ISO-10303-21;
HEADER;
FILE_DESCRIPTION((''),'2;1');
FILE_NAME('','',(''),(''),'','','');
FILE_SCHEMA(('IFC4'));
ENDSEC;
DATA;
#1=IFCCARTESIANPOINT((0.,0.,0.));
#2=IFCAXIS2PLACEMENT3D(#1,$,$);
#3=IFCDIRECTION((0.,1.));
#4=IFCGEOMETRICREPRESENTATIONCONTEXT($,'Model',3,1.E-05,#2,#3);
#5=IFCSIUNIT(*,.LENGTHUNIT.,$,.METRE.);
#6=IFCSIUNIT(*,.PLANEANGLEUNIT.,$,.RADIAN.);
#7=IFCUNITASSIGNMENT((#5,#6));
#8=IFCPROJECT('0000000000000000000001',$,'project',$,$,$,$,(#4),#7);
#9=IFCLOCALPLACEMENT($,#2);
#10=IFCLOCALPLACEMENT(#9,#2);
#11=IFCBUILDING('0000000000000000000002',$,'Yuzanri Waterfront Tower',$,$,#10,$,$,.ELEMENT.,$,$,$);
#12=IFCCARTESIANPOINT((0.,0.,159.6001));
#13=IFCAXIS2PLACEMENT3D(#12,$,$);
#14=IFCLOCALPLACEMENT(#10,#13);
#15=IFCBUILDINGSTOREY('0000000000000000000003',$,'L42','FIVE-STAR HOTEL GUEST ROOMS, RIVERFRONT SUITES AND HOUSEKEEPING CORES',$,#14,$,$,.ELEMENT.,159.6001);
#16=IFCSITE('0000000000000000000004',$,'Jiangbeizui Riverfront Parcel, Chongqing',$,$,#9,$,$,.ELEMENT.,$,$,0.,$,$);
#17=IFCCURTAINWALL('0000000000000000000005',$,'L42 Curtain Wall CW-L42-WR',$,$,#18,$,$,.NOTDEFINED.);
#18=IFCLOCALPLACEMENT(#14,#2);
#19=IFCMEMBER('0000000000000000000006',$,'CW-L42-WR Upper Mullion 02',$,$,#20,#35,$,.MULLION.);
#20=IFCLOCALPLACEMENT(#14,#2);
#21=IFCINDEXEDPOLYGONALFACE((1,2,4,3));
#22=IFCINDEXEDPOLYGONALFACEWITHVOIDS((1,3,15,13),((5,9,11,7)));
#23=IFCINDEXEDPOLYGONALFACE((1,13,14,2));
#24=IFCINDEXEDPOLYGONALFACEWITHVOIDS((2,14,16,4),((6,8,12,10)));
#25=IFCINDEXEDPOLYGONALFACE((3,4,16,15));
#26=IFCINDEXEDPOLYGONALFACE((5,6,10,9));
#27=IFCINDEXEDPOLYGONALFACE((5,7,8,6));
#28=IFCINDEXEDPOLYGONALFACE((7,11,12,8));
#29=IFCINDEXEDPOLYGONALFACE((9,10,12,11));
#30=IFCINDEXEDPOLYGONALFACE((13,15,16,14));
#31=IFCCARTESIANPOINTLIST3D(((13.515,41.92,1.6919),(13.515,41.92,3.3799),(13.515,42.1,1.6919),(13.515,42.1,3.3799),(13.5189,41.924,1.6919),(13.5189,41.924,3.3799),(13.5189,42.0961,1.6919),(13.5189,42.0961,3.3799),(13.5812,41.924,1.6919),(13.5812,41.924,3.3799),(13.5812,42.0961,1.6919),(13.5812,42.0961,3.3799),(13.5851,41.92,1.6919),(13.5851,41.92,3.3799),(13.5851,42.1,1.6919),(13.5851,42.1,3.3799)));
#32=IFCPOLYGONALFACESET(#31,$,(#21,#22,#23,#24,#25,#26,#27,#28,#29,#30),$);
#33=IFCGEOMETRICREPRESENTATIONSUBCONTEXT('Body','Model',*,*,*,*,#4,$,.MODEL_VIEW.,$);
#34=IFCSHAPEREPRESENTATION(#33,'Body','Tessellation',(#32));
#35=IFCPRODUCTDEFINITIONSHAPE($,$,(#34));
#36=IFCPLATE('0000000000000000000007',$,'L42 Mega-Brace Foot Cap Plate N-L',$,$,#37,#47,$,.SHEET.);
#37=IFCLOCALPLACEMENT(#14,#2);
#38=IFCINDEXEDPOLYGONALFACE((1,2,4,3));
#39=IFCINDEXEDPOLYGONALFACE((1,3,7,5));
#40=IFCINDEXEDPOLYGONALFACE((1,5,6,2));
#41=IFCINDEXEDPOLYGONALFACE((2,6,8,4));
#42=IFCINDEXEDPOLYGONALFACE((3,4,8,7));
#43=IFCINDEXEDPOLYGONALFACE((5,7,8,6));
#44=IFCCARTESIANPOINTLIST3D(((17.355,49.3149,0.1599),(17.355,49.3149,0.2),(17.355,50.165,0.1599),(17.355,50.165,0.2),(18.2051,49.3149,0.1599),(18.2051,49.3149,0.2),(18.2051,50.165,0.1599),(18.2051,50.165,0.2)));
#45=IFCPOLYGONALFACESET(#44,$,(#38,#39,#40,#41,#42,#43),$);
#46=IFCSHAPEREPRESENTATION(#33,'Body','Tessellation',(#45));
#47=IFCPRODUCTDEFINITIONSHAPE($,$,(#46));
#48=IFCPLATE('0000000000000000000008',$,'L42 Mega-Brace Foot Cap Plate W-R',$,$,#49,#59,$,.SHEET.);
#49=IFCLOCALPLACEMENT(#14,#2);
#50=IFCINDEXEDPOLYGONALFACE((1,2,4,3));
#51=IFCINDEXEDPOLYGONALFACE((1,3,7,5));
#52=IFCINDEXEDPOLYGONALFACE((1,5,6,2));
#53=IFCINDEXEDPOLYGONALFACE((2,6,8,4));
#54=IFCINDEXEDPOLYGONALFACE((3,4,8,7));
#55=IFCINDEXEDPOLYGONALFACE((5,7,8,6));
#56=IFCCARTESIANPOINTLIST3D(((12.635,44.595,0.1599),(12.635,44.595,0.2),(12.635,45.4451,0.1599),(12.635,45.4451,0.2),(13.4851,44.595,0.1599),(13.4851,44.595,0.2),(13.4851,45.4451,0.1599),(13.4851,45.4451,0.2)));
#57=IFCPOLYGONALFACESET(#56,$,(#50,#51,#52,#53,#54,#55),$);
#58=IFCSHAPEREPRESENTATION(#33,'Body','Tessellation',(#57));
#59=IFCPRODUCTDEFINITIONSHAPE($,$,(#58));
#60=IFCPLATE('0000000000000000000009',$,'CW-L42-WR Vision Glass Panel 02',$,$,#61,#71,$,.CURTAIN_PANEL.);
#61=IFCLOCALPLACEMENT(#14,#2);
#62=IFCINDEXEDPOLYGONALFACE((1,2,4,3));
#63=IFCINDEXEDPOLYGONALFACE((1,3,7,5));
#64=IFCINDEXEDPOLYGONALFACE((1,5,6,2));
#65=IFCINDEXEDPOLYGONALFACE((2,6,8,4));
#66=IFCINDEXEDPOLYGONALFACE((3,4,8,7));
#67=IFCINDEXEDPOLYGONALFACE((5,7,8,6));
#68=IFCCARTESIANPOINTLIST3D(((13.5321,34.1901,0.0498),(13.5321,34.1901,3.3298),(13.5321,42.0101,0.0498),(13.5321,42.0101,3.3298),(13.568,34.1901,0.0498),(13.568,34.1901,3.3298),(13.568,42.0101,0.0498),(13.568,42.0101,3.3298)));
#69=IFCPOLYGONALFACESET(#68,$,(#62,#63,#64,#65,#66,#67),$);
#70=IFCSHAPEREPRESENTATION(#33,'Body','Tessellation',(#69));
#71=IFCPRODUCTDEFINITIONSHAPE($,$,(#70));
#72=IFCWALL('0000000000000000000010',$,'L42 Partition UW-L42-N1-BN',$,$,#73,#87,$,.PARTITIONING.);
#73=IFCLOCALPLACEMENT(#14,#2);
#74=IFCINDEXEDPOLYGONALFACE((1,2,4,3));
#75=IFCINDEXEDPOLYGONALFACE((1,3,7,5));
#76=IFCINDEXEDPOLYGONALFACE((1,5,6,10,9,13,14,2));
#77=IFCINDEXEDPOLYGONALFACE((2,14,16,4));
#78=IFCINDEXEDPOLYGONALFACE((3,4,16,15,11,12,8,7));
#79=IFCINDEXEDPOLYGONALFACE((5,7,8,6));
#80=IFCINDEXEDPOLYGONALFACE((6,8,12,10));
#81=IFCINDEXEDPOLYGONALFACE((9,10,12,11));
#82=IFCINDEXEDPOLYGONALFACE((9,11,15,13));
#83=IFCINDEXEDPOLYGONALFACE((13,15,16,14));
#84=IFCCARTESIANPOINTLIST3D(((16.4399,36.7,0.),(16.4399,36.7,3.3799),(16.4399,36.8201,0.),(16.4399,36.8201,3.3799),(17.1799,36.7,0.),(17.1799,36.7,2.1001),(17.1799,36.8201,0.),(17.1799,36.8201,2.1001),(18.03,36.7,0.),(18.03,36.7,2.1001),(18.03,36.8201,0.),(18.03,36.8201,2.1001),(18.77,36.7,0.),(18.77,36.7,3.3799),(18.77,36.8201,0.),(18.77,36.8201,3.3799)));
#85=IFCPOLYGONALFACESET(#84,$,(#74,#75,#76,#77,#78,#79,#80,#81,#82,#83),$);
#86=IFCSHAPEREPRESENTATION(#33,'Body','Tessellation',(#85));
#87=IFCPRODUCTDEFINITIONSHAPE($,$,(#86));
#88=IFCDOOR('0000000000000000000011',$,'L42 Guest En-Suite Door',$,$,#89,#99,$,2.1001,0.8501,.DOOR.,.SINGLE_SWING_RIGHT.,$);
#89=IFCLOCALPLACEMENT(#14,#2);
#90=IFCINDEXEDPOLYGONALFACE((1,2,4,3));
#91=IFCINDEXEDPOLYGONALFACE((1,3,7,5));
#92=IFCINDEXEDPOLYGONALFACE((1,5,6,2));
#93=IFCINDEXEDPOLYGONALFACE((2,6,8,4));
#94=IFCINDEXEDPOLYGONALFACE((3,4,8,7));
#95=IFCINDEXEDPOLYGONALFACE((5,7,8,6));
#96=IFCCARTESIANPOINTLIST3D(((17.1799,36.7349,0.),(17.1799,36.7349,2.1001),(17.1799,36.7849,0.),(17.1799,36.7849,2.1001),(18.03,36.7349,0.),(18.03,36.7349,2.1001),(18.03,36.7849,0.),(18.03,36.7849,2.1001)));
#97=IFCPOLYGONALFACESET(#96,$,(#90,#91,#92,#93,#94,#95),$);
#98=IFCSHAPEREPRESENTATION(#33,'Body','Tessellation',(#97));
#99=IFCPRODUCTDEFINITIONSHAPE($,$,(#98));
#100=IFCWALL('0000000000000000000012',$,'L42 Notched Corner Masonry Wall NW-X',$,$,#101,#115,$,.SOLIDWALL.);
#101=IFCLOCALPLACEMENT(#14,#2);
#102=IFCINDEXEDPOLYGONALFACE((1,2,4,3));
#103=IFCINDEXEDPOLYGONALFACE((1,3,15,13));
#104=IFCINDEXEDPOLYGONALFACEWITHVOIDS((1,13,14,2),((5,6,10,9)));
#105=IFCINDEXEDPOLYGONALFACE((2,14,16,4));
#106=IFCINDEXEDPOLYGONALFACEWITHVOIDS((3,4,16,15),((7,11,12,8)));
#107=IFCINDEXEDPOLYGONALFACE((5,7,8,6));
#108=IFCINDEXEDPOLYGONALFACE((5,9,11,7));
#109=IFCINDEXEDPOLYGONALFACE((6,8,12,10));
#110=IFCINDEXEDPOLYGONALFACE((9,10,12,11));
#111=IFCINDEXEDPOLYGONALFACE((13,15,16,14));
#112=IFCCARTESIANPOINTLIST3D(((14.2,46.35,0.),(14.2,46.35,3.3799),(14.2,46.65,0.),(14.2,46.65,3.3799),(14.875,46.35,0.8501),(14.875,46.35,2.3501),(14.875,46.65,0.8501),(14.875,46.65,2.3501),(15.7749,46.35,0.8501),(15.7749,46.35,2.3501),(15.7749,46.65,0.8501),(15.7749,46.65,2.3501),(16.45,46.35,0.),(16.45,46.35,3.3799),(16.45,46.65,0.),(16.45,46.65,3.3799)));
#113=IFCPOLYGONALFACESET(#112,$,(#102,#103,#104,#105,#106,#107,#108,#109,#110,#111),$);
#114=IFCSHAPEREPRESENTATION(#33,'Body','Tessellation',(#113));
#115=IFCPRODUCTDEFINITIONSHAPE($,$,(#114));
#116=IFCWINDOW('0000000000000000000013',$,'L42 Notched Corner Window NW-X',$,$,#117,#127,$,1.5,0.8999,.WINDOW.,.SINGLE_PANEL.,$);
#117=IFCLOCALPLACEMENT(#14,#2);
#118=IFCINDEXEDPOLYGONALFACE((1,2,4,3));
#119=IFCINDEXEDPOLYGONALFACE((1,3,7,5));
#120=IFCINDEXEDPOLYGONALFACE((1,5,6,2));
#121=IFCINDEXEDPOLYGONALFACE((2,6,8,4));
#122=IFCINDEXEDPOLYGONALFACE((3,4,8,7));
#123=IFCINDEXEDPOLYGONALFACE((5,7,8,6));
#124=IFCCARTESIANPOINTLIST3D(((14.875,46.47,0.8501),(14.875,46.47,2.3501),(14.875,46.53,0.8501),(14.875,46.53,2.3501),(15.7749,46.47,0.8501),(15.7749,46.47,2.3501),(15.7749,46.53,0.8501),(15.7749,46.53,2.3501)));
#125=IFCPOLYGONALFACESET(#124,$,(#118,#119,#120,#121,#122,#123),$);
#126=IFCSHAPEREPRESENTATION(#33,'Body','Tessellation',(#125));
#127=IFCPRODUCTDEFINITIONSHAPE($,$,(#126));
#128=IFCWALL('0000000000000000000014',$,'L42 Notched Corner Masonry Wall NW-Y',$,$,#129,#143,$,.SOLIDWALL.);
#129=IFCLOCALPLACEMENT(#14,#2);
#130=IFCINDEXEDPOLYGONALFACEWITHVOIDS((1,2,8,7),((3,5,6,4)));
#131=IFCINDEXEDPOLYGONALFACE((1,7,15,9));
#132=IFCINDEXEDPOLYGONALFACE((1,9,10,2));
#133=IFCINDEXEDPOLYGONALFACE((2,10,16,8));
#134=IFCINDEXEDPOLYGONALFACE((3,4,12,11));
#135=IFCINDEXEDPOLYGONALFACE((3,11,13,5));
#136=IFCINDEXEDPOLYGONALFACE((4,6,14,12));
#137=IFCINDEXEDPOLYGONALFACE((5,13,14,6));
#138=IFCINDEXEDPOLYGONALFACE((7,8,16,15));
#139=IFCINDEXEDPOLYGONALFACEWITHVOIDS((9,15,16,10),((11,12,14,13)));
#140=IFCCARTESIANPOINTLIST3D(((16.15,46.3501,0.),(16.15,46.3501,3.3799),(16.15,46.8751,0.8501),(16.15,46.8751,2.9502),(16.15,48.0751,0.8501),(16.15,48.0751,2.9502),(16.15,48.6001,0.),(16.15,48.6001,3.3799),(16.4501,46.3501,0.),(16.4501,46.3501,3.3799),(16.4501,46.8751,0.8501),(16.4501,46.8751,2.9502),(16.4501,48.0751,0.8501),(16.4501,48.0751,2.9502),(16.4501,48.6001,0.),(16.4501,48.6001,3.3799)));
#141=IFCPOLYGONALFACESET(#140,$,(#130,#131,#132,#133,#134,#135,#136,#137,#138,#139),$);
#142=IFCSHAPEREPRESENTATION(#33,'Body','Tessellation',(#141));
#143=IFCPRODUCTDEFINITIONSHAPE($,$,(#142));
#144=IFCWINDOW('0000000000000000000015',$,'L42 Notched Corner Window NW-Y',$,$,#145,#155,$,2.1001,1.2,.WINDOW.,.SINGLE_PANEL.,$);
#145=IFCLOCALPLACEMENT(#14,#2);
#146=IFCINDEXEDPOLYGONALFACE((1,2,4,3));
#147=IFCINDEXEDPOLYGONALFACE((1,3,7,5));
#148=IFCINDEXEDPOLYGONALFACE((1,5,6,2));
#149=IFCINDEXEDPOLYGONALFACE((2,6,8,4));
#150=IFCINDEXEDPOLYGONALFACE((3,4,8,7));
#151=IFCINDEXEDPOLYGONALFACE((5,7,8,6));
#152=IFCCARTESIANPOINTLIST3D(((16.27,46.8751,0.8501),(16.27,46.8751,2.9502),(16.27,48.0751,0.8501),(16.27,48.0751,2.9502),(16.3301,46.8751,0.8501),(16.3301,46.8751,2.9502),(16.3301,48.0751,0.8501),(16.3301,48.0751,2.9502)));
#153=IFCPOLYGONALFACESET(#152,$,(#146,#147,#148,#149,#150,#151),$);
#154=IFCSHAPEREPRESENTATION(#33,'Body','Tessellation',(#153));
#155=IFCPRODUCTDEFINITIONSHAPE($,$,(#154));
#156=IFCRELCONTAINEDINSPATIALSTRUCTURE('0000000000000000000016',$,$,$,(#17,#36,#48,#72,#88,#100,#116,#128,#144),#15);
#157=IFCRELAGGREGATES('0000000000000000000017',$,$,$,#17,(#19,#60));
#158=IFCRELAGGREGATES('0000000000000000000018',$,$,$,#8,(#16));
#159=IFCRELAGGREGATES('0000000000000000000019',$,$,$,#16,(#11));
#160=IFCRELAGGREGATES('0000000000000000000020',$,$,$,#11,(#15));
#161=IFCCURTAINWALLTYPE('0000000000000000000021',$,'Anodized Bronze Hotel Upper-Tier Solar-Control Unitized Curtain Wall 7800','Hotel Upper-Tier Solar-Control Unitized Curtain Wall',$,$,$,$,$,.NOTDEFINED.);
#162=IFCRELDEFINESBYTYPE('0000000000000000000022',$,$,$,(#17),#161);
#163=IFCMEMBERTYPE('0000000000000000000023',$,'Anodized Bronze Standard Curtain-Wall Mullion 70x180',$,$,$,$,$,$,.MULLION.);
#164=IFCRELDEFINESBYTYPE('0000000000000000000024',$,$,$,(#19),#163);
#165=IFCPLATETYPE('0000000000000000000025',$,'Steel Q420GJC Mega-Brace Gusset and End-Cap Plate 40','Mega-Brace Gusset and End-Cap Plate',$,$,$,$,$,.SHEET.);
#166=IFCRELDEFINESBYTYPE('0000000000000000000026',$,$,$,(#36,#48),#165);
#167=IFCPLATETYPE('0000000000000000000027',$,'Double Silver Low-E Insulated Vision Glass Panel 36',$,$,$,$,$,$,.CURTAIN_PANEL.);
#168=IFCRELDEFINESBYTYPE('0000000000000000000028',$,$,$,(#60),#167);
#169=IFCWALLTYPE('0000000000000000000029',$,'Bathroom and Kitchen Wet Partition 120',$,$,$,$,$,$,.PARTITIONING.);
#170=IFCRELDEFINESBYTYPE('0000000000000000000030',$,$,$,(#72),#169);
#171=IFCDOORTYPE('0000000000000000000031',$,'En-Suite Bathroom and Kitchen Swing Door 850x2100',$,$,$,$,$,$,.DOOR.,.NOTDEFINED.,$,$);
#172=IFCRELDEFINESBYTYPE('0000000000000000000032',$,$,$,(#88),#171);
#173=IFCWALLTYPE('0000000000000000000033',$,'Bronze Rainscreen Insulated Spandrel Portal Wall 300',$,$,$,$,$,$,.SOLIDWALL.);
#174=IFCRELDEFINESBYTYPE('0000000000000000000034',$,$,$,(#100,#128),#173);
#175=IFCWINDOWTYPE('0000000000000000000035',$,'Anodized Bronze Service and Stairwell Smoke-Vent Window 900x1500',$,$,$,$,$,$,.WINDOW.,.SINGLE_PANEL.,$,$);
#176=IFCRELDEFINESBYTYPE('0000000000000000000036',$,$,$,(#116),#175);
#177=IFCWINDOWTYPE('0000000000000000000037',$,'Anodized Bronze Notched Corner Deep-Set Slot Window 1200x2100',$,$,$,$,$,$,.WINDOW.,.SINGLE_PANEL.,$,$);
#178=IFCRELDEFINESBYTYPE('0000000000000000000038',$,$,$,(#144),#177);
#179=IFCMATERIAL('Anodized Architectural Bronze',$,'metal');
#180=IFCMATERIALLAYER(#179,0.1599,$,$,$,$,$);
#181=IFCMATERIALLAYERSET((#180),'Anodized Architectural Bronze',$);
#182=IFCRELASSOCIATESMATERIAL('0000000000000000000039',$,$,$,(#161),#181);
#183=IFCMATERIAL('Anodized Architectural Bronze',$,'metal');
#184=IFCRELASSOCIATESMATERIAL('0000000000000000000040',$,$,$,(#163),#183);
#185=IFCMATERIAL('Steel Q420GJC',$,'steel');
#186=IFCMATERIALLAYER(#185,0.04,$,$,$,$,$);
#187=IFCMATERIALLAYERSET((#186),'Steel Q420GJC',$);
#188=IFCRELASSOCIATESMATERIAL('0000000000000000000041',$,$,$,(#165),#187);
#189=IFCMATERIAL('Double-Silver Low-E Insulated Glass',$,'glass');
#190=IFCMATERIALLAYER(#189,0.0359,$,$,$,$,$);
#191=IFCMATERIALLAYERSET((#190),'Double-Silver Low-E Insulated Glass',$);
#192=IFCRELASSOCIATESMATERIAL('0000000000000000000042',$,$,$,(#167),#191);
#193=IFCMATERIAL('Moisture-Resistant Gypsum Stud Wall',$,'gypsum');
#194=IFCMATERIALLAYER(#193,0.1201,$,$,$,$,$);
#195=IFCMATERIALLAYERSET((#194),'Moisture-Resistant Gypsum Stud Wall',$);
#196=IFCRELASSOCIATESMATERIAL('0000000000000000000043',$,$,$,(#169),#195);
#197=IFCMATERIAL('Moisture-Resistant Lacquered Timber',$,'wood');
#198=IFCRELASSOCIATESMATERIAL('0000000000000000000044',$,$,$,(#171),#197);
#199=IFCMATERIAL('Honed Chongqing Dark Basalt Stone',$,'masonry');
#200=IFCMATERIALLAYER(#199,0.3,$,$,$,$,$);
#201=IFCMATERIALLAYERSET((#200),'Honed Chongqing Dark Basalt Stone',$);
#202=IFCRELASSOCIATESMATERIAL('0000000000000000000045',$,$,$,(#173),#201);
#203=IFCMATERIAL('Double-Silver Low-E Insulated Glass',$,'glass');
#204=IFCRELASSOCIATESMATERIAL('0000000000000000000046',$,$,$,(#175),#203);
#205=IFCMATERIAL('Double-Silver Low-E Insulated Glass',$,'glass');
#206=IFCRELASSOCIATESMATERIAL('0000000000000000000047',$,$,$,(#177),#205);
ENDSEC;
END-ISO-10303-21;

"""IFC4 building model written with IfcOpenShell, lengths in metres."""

from ifc_helpers import new_model, si_unit, direction, frame, frame_2d, origin, origin_2d, place, context, subcontext, project, spatial, rectangle, hollow_rectangle, extrude, source, transform, mapped, material, layer, layer_set, material_profile, profile_set, type_object, element, fill, aggregate, save


model = new_model("IFC4")

# Units and contexts
model_context = context("Model", 3, precision=1e-05, world=origin(), true_north=direction((0.0, 1.0)))
body_context = subcontext(model_context, "Body", "Model", "MODEL_VIEW")
ifc_project = project(units=[si_unit("LENGTHUNIT", "METRE"), si_unit("PLANEANGLEUNIT", "RADIAN")], contexts=[model_context])

# Site, building, storey
site_placement = place(None, origin())
site = spatial("IfcSite", under=ifc_project, at=site_placement, Name="Jiangbeizui Riverfront Parcel, Chongqing", CompositionType="ELEMENT", RefElevation=0.0)
building_placement = place(site_placement, origin())
building = spatial("IfcBuilding", under=site, at=building_placement, Name="Yuzanri Waterfront Tower", CompositionType="ELEMENT")
storey_placement = place(building_placement, frame((0.0, 0.0, 159.6001)))
storey = spatial("IfcBuildingStorey", under=building, at=storey_placement, Name="L42", Description="FIVE-STAR HOTEL GUEST ROOMS, RIVERFRONT SUITES AND HOUSEKEEPING CORES", CompositionType="ELEMENT", Elevation=159.6001)

# Curtain wall, member
ifc_material_1 = material(Name="Anodized Architectural Bronze", Category="metal")
ifc_layer_1 = layer(ifc_material_1, 0.1599)
ifc_layer_set_1 = layer_set([ifc_layer_1], Name="Anodized Architectural Bronze")
curtain_wall_type = type_object("IfcCurtainWallType", Name="Anodized Bronze Hotel Upper-Tier Solar-Control Unitized Curtain Wall 7800", Description="Hotel Upper-Tier Solar-Control Unitized Curtain Wall", PredefinedType="NOTDEFINED", material=ifc_layer_set_1)
curtain_wall_placement = place(storey_placement, origin())
curtain_wall = element("IfcCurtainWall", 1, at=curtain_wall_placement, inside=storey, type_object=curtain_wall_type, Name="L42 Curtain Wall CW-L42-WR", PredefinedType="NOTDEFINED")
ifc_material_2 = material(Name="Anodized Architectural Bronze", Category="metal")
ifc_material_profile_1 = material_profile(ifc_material_2, hollow_rectangle(XDim=0.0701, YDim=0.1799, WallThickness=0.0039, at=origin_2d()), Name="CWM 70x180")
ifc_profile_set_1 = profile_set([ifc_material_profile_1], Name="Anodized Architectural Bronze")
member_type_1 = type_object("IfcMemberType", Name="Anodized Bronze Standard Curtain-Wall Mullion 70x180", PredefinedType="MULLION", material=ifc_profile_set_1)
shared_shape_1 = source(origin(), body_context, "Body", "SweptSolid", [
    extrude(hollow_rectangle(XDim=0.0701, YDim=0.1799, WallThickness=0.0039, at=origin_2d()), origin(), (0.0, 0.0, 1.0), 1.688),
])
member_1_placement = place(storey_placement, frame((13.55, 42.01, 1.6919), z_axis=(0.0, 0.0, 1.0), x_axis=(1.0, 0.0, 0.0)))
member_1 = element("IfcMember", 2, at=member_1_placement, type_object=member_type_1, Name="CW-L42-WR Upper Mullion 02", PredefinedType="MULLION", context=body_context, shape_type="MappedRepresentation", body=[
    mapped(shared_shape_1, transform((0.0, 0.0, 0.0), scale=1.0)),
])

# Plates
ifc_material_3 = material(Name="Steel Q420GJC", Category="steel")
ifc_layer_2 = layer(ifc_material_3, 0.04)
ifc_layer_set_2 = layer_set([ifc_layer_2], Name="Steel Q420GJC")
plate_type_1 = type_object("IfcPlateType", Name="Steel Q420GJC Mega-Brace Gusset and End-Cap Plate 40", Description="Mega-Brace Gusset and End-Cap Plate", PredefinedType="SHEET", material=ifc_layer_set_2)
shared_shape_2 = source(origin(), body_context, "Body", "SweptSolid", [
    extrude(rectangle(XDim=0.8501, YDim=0.8501, at=origin_2d()), origin(), (0.0, 0.0, 1.0), 0.04),
])
for number, where, z_axis, x_axis, name in (
    (3, (17.78, 49.74, 0.1599), (0.0, 0.0, 1.0), (1.0, 0.0, 0.0), "L42 Mega-Brace Foot Cap Plate N-L"),
    (4, (13.0601, 45.02, 0.1599), (0.0, 0.0, 1.0), (1.0, 0.0, 0.0), "L42 Mega-Brace Foot Cap Plate W-R"),
):
    element("IfcPlate", number, at=place(storey_placement, frame(where, z_axis=z_axis, x_axis=x_axis)), inside=storey, type_object=plate_type_1, Name=name, PredefinedType="SHEET", context=body_context, shape_type="MappedRepresentation", body=[
        mapped(shared_shape_2, transform((0.0, 0.0, 0.0), scale=1.0)),
    ])

# Plate
ifc_material_4 = material(Name="Double-Silver Low-E Insulated Glass", Category="glass")
ifc_layer_3 = layer(ifc_material_4, 0.0359)
ifc_layer_set_3 = layer_set([ifc_layer_3], Name="Double-Silver Low-E Insulated Glass")
plate_type_2 = type_object("IfcPlateType", Name="Double Silver Low-E Insulated Vision Glass Panel 36", PredefinedType="CURTAIN_PANEL", material=ifc_layer_set_3)
shared_shape_3 = source(origin(), body_context, "Body", "SweptSolid", [
    extrude(rectangle(XDim=7.8201, YDim=0.0359, at=origin_2d()), origin(), (0.0, 0.0, 1.0), 3.28),
])
plate_placement = place(storey_placement, frame((13.55, 38.1001, 0.0498), z_axis=(0.0, 0.0, 1.0), x_axis=(0.0, 1.0, 0.0)))
plate = element("IfcPlate", 5, at=plate_placement, type_object=plate_type_2, Name="CW-L42-WR Vision Glass Panel 02", PredefinedType="CURTAIN_PANEL", context=body_context, shape_type="MappedRepresentation", body=[
    mapped(shared_shape_3, transform((0.0, 0.0, 0.0), scale=1.0)),
])
aggregate(curtain_wall, [member_1, plate])

# Wall, opening, door
ifc_material_5 = material(Name="Moisture-Resistant Gypsum Stud Wall", Category="gypsum")
ifc_layer_4 = layer(ifc_material_5, 0.1201)
ifc_layer_set_4 = layer_set([ifc_layer_4], Name="Moisture-Resistant Gypsum Stud Wall")
wall_type_1 = type_object("IfcWallType", Name="Bathroom and Kitchen Wet Partition 120", PredefinedType="PARTITIONING", material=ifc_layer_set_4)
wall_1_placement = place(storey_placement, frame((16.4399, 36.76, 0.0), z_axis=(0.0, 0.0, 1.0), x_axis=(1.0, 0.0, 0.0)))
wall_1 = element("IfcWall", 6, at=wall_1_placement, inside=storey, type_object=wall_type_1, Name="L42 Partition UW-L42-N1-BN", PredefinedType="PARTITIONING", context=body_context, shape_type="SweptSolid", body=[
    extrude(rectangle(XDim=2.3301, YDim=0.1201, at=frame_2d((1.165, 0.0))), origin(), (0.0, 0.0, 1.0), 3.3799),
])
opening_1_placement = place(wall_1_placement, frame((0.74, 0.0, 0.0)))
opening_1 = element("IfcOpeningElement", 7, at=opening_1_placement, cuts=wall_1, PredefinedType="OPENING", context=body_context, shape_type="SweptSolid", body=[
    extrude(rectangle(XDim=0.8501, YDim=2.1001, at=frame_2d((0.425, 1.05))), frame((0.0, 0.075, 0.0), z_axis=(0.0, -1.0, 0.0), x_axis=(1.0, 0.0, 0.0)), (0.0, 0.0, 1.0), 0.1499),
])
ifc_material_6 = material(Name="Moisture-Resistant Lacquered Timber", Category="wood")
door_type_1 = type_object("IfcDoorType", Name="En-Suite Bathroom and Kitchen Swing Door 850x2100", OperationType="NOTDEFINED", PredefinedType="DOOR", material=ifc_material_6)
shared_shape_4 = source(origin(), body_context, "Body", "SweptSolid", [
    extrude(rectangle(XDim=0.8501, YDim=2.1001, at=frame_2d((0.425, 1.05))), frame((0.0, 0.0249, 0.0), z_axis=(0.0, -1.0, 0.0), x_axis=(1.0, 0.0, 0.0)), (0.0, 0.0, 1.0), 0.05),
])
door_1_placement = place(opening_1_placement, origin())
door_1 = element("IfcDoor", 8, at=door_1_placement, inside=storey, type_object=door_type_1, Name="L42 Guest En-Suite Door", OperationType="SINGLE_SWING_RIGHT", OverallHeight=2.1001, OverallWidth=0.8501, PredefinedType="DOOR", context=body_context, shape_type="MappedRepresentation", body=[
    mapped(shared_shape_4, transform((0.0, 0.0, 0.0), scale=1.0)),
])
fill(opening_1, door_1)

# Walls, openings, windows
ifc_material_7 = material(Name="Honed Chongqing Dark Basalt Stone", Category="masonry")
ifc_layer_5 = layer(ifc_material_7, 0.3)
ifc_layer_set_5 = layer_set([ifc_layer_5], Name="Honed Chongqing Dark Basalt Stone")
wall_type_2 = type_object("IfcWallType", Name="Bronze Rainscreen Insulated Spandrel Portal Wall 300", PredefinedType="SOLIDWALL", material=ifc_layer_set_5)
wall_2_placement = place(storey_placement, frame((16.45, 46.5, 0.0), z_axis=(0.0, 0.0, 1.0), x_axis=(-1.0, 0.0, 0.0)))
wall_2 = element("IfcWall", 9, at=wall_2_placement, inside=storey, type_object=wall_type_2, Name="L42 Notched Corner Masonry Wall NW-X", PredefinedType="SOLIDWALL", context=body_context, shape_type="SweptSolid", body=[
    extrude(rectangle(XDim=2.25, YDim=0.3, at=frame_2d((1.125, 0.0))), origin(), (0.0, 0.0, 1.0), 3.3799),
])
opening_2_placement = place(wall_2_placement, frame((0.675, 0.0, 0.8501)))
opening_2 = element("IfcOpeningElement", 10, at=opening_2_placement, cuts=wall_2, PredefinedType="OPENING", context=body_context, shape_type="SweptSolid", body=[
    extrude(rectangle(XDim=0.8999, YDim=1.5, at=frame_2d((0.45, 0.75))), frame((0.0, 0.165, 0.0), z_axis=(0.0, -1.0, 0.0), x_axis=(1.0, 0.0, 0.0)), (0.0, 0.0, 1.0), 0.3298),
])
ifc_material_8 = material(Name="Double-Silver Low-E Insulated Glass", Category="glass")
window_type_1 = type_object("IfcWindowType", Name="Anodized Bronze Service and Stairwell Smoke-Vent Window 900x1500", PartitioningType="SINGLE_PANEL", PredefinedType="WINDOW", material=ifc_material_8)
shared_shape_5 = source(origin(), body_context, "Body", "SweptSolid", [
    extrude(rectangle(XDim=0.8999, YDim=1.5, at=frame_2d((0.45, 0.75))), frame((0.0, 0.03, 0.0), z_axis=(0.0, -1.0, 0.0), x_axis=(1.0, 0.0, 0.0)), (0.0, 0.0, 1.0), 0.0601),
])
window_1_placement = place(opening_2_placement, origin())
window_1 = element("IfcWindow", 11, at=window_1_placement, inside=storey, type_object=window_type_1, Name="L42 Notched Corner Window NW-X", OverallHeight=1.5, OverallWidth=0.8999, PartitioningType="SINGLE_PANEL", PredefinedType="WINDOW", context=body_context, shape_type="MappedRepresentation", body=[
    mapped(shared_shape_5, transform((0.0, 0.0, 0.0), scale=1.0)),
])
fill(opening_2, window_1)
wall_3_placement = place(storey_placement, frame((16.3, 48.6001, 0.0), z_axis=(0.0, 0.0, 1.0), x_axis=(0.0, -1.0, 0.0)))
wall_3 = element("IfcWall", 12, at=wall_3_placement, inside=storey, type_object=wall_type_2, Name="L42 Notched Corner Masonry Wall NW-Y", PredefinedType="SOLIDWALL", context=body_context, shape_type="SweptSolid", body=[
    extrude(rectangle(XDim=2.25, YDim=0.3, at=frame_2d((1.125, 0.0))), origin(), (0.0, 0.0, 1.0), 3.3799),
])
opening_3_placement = place(wall_3_placement, frame((0.5249, 0.0, 0.8501)))
opening_3 = element("IfcOpeningElement", 13, at=opening_3_placement, cuts=wall_3, PredefinedType="OPENING", context=body_context, shape_type="SweptSolid", body=[
    extrude(rectangle(XDim=1.2, YDim=2.1001, at=frame_2d((0.6001, 1.05))), frame((0.0, 0.165, 0.0), z_axis=(0.0, -1.0, 0.0), x_axis=(1.0, 0.0, 0.0)), (0.0, 0.0, 1.0), 0.3298),
])
ifc_material_9 = material(Name="Double-Silver Low-E Insulated Glass", Category="glass")
window_type_2 = type_object("IfcWindowType", Name="Anodized Bronze Notched Corner Deep-Set Slot Window 1200x2100", PartitioningType="SINGLE_PANEL", PredefinedType="WINDOW", material=ifc_material_9)
shared_shape_6 = source(origin(), body_context, "Body", "SweptSolid", [
    extrude(rectangle(XDim=1.2, YDim=2.1001, at=frame_2d((0.6001, 1.05))), frame((0.0, 0.03, 0.0), z_axis=(0.0, -1.0, 0.0), x_axis=(1.0, 0.0, 0.0)), (0.0, 0.0, 1.0), 0.0601),
])
window_2_placement = place(opening_3_placement, origin())
window_2 = element("IfcWindow", 14, at=window_2_placement, inside=storey, type_object=window_type_2, Name="L42 Notched Corner Window NW-Y", OverallHeight=2.1001, OverallWidth=1.2, PartitioningType="SINGLE_PANEL", PredefinedType="WINDOW", context=body_context, shape_type="MappedRepresentation", body=[
    mapped(shared_shape_6, transform((0.0, 0.0, 0.0), scale=1.0)),
])
fill(opening_3, window_2)

save(model, "model.ifc")
